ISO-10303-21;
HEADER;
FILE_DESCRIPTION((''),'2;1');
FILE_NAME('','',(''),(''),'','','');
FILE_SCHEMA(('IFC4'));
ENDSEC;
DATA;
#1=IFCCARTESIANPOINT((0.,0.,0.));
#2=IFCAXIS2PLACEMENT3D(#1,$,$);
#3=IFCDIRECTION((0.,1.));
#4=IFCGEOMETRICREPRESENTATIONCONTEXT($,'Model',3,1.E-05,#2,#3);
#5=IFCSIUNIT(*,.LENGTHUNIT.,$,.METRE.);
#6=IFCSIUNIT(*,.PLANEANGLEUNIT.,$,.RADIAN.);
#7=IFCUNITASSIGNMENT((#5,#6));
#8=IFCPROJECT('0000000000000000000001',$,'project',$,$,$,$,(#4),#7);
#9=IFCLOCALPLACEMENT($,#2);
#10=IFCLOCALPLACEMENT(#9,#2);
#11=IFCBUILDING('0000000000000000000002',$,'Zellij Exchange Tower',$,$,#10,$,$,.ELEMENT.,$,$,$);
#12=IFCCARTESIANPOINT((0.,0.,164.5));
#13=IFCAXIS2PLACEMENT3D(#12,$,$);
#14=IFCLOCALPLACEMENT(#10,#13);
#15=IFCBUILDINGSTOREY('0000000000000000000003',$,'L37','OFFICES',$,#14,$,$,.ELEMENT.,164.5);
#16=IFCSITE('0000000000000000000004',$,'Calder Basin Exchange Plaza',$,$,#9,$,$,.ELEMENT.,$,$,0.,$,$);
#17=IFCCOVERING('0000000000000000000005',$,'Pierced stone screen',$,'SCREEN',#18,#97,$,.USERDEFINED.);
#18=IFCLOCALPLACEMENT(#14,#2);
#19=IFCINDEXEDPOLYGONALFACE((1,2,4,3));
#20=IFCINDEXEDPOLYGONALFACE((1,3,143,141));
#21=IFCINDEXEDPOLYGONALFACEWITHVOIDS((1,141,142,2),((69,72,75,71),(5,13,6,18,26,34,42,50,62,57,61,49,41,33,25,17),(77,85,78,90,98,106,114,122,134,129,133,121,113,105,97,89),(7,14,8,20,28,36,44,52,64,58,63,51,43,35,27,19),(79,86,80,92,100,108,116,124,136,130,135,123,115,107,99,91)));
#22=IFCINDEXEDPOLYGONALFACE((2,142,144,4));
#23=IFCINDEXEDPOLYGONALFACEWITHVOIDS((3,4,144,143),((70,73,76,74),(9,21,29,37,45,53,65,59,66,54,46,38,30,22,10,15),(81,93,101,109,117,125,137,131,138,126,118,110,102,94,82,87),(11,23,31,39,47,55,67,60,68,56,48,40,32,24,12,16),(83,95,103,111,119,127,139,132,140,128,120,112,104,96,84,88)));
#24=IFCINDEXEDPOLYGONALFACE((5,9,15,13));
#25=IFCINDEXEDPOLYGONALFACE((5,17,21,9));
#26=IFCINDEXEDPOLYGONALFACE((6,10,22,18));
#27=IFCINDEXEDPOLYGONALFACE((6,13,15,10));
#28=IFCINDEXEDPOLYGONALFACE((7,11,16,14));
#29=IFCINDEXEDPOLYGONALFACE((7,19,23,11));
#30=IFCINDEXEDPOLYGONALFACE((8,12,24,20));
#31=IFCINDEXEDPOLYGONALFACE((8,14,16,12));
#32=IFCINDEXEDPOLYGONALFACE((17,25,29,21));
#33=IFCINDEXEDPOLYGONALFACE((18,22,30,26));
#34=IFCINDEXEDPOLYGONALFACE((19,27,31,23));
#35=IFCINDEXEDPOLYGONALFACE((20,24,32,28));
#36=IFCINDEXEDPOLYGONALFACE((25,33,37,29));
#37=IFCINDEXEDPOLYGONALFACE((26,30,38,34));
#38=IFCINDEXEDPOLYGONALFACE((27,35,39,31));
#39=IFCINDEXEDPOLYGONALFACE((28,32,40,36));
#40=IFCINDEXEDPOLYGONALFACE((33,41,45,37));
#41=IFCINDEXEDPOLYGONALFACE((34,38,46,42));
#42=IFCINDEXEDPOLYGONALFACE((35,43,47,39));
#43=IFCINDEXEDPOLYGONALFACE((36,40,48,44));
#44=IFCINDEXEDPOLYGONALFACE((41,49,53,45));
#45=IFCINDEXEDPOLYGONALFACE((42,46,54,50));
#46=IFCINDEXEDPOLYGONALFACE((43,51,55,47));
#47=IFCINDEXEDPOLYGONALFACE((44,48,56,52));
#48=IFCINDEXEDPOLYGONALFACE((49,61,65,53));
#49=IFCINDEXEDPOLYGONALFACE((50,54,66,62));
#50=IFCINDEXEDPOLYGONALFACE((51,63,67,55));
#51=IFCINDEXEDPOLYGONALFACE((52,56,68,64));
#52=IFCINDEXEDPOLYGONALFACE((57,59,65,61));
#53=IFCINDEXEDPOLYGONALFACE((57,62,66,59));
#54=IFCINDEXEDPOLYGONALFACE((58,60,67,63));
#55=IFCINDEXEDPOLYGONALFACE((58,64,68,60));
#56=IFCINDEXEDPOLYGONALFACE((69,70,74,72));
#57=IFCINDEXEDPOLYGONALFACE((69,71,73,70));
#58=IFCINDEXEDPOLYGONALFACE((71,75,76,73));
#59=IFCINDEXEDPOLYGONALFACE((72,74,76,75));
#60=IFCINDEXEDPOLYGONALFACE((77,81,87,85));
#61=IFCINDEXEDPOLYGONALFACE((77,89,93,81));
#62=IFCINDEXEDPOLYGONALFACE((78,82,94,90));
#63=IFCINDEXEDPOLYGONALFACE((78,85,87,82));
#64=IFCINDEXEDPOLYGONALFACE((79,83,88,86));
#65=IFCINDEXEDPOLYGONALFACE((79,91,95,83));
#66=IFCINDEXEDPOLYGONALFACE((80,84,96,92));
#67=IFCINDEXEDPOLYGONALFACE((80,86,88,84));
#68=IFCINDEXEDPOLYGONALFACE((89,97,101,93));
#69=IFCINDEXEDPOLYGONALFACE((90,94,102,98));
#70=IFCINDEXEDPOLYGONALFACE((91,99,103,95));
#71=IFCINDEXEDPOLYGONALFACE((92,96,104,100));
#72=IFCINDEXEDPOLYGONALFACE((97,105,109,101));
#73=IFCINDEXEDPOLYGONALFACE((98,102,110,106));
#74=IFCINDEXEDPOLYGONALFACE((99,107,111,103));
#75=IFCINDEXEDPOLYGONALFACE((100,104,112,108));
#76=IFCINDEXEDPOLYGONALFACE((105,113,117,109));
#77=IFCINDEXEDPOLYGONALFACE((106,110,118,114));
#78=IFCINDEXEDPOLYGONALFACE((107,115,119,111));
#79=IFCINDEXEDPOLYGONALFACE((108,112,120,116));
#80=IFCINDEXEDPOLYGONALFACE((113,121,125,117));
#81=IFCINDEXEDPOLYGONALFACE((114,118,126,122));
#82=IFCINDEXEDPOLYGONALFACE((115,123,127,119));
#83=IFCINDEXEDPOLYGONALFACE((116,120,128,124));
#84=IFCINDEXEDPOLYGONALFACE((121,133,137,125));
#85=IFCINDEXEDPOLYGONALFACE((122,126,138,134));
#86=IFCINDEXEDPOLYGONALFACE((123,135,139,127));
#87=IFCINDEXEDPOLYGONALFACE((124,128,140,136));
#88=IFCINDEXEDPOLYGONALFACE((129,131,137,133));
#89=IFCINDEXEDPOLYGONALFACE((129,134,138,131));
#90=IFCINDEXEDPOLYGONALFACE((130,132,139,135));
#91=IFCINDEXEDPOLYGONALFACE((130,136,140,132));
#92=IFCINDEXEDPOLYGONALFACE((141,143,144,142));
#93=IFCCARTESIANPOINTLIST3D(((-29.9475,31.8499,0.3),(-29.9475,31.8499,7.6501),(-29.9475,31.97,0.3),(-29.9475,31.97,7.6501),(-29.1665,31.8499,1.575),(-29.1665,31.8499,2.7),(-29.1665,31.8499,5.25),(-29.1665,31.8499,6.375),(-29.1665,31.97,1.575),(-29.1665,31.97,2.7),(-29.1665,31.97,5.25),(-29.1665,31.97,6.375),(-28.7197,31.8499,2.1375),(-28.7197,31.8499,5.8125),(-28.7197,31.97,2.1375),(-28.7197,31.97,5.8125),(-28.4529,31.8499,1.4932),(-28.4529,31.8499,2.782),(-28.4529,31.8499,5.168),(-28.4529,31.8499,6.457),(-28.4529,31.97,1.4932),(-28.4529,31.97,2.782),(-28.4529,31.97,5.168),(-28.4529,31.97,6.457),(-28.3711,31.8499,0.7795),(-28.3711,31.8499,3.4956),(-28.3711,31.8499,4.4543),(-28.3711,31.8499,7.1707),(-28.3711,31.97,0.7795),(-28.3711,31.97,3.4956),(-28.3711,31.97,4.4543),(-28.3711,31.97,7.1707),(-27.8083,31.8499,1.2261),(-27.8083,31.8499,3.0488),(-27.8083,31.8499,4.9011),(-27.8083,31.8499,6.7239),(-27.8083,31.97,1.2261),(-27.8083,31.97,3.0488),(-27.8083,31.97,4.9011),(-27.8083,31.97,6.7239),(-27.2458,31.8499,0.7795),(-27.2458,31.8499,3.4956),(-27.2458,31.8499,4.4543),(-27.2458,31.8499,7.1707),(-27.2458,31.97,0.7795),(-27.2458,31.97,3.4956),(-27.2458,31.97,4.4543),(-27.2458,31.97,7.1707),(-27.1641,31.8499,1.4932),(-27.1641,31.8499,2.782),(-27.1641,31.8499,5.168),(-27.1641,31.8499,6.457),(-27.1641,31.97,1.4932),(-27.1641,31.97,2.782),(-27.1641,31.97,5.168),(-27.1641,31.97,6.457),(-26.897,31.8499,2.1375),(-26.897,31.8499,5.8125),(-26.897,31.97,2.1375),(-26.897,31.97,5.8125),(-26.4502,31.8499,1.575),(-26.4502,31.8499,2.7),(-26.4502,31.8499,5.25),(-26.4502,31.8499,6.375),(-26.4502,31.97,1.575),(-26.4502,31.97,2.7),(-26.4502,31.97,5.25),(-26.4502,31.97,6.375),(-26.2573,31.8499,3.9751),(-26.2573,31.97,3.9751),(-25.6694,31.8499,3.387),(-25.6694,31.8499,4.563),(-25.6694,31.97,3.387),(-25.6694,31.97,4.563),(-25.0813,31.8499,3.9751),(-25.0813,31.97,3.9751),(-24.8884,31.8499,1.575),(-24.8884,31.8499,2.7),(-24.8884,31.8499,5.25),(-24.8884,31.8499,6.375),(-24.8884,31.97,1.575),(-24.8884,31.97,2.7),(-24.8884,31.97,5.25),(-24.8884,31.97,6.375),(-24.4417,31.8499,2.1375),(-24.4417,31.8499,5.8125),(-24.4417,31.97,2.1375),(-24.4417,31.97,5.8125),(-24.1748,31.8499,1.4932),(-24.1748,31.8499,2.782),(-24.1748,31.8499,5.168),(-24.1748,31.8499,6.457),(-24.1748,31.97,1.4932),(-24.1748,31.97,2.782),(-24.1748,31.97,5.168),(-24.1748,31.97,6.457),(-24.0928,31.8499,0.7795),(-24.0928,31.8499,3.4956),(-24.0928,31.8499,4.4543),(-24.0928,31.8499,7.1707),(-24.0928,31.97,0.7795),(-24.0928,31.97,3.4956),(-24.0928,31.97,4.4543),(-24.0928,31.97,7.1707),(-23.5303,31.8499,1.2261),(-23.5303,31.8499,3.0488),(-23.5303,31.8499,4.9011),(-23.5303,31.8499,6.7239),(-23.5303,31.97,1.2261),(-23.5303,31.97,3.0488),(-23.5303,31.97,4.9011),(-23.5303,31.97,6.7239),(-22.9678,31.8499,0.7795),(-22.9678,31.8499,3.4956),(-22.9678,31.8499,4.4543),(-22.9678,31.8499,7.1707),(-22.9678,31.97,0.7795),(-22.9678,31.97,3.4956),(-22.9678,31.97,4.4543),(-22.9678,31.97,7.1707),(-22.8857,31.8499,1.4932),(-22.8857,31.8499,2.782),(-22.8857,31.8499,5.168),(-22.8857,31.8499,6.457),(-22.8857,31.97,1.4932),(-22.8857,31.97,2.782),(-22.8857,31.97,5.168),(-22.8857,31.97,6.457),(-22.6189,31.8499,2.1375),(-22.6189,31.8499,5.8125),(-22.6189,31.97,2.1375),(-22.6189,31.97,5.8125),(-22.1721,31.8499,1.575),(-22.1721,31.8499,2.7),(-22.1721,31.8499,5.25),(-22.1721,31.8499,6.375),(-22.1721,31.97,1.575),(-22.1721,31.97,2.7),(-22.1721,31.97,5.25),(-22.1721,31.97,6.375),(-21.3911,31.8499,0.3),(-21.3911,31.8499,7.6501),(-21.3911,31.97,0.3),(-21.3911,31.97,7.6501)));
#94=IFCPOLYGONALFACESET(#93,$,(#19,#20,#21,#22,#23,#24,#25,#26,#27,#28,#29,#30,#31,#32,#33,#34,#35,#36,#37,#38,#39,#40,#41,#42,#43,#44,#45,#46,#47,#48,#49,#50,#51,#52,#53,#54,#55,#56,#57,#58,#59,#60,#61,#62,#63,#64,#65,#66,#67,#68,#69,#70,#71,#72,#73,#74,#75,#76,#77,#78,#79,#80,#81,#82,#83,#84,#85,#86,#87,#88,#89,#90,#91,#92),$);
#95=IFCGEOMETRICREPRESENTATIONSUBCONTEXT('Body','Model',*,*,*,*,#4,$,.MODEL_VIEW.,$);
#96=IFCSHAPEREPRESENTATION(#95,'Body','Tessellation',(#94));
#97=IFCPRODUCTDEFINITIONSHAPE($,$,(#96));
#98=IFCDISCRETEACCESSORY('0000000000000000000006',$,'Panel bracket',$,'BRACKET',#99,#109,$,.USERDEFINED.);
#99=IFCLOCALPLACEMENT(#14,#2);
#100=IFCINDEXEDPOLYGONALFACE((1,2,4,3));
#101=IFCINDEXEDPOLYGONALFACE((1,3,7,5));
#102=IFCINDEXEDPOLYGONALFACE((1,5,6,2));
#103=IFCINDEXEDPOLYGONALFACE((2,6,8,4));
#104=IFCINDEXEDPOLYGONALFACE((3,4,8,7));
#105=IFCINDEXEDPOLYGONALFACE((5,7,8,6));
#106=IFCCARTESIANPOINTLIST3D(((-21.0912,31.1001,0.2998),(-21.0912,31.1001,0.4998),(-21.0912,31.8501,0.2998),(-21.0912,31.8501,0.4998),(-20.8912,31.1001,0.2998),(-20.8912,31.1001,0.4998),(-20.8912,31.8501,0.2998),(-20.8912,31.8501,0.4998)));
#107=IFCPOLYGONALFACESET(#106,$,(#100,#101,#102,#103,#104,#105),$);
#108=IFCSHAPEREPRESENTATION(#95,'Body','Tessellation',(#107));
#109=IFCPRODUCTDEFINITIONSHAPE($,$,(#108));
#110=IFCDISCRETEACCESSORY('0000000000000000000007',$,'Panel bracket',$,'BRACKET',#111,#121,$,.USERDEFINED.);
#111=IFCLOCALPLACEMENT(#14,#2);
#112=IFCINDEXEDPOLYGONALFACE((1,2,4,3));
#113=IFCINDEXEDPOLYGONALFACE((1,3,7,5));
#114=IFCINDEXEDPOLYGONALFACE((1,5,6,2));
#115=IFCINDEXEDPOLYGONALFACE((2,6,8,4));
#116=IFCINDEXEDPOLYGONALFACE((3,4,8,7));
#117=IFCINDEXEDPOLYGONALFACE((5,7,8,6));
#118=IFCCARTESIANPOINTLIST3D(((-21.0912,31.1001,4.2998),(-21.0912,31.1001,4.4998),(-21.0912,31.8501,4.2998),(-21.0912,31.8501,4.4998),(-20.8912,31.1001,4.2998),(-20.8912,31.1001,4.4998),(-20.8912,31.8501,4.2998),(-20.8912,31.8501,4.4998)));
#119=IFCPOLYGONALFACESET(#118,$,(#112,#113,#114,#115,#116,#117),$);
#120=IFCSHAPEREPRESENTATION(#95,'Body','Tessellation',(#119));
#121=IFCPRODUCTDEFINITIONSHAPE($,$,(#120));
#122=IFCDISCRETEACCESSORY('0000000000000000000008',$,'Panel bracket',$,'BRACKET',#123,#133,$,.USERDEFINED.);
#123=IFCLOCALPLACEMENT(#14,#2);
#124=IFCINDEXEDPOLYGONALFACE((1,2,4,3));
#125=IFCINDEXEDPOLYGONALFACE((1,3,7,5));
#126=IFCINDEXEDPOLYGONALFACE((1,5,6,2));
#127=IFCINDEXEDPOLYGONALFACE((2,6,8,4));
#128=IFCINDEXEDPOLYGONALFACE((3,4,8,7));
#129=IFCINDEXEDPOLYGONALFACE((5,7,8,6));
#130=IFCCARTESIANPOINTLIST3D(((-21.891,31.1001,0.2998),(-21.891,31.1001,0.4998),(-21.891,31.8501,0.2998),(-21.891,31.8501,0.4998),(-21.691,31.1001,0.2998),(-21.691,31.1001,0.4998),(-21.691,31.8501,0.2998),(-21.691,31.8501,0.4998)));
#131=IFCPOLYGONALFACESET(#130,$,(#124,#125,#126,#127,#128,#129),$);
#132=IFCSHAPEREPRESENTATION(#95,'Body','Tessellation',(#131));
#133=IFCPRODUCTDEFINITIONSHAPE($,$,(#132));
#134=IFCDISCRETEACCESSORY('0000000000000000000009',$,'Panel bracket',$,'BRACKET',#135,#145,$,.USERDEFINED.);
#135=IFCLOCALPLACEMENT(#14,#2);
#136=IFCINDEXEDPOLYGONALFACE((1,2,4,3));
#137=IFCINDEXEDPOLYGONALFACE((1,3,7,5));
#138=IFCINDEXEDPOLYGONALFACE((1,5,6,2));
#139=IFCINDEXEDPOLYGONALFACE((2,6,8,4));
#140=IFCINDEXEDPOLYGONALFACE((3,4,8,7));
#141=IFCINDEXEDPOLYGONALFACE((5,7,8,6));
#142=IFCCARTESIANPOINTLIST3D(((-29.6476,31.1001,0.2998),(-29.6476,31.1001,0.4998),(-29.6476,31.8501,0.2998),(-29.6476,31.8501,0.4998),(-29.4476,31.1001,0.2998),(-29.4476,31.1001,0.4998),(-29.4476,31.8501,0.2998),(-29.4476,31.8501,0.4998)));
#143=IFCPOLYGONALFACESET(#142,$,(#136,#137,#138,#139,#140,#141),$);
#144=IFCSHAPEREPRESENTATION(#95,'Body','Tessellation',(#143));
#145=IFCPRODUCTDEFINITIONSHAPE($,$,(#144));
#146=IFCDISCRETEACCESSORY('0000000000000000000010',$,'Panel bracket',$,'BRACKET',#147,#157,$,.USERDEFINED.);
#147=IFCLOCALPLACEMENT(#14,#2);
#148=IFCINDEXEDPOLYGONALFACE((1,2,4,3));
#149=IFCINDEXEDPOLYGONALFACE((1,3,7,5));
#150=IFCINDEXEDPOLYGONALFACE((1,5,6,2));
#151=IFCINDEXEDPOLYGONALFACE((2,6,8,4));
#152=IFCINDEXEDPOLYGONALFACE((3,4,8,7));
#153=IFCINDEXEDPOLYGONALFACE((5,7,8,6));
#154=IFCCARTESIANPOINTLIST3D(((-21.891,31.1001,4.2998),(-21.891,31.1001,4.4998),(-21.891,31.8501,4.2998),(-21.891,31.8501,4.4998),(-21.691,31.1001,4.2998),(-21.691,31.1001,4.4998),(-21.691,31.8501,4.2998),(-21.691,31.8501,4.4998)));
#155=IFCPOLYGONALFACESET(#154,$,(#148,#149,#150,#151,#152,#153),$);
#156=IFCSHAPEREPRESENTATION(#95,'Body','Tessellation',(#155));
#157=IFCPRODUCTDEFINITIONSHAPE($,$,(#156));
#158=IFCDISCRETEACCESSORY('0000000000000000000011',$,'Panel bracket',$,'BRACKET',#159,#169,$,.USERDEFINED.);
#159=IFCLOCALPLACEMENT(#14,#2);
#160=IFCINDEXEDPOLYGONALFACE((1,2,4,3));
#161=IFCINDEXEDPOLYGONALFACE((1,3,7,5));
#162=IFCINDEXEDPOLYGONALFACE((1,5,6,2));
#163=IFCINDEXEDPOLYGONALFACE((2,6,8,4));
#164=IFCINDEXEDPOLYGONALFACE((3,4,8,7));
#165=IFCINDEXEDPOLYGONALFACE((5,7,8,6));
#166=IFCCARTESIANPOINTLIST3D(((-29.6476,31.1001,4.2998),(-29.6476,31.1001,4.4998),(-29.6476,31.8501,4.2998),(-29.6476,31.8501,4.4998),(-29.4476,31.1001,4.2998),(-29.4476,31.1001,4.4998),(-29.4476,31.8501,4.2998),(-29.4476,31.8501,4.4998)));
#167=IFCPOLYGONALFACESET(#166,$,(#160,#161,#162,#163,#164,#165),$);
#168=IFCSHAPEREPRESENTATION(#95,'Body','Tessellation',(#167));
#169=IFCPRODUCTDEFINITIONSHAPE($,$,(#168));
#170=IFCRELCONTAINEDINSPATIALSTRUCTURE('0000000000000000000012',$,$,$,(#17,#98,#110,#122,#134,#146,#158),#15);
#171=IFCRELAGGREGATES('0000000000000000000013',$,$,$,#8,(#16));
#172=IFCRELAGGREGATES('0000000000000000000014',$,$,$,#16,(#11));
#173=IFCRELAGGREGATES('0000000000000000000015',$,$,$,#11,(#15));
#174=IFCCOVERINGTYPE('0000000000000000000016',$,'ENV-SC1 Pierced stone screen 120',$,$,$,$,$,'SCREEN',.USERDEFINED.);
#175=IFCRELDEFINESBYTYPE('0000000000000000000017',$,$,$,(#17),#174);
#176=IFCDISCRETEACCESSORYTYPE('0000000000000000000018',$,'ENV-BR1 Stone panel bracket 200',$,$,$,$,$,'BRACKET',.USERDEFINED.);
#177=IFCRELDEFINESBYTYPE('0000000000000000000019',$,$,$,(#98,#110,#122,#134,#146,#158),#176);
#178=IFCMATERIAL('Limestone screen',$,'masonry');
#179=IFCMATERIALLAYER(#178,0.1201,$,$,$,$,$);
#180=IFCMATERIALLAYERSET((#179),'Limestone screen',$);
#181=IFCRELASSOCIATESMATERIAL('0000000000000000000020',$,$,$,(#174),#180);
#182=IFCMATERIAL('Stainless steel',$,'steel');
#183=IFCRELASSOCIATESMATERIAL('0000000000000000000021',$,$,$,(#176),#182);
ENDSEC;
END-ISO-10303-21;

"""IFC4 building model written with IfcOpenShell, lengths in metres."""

from ifc_helpers import new_model, si_unit, direction, frame, origin, origin_2d, place, context, subcontext, project, spatial, polyline, rectangle, outline, extrude, material, layer, layer_set, type_object, element, save


model = new_model("IFC4")

# Units and contexts
model_context = context("Model", 3, precision=1e-05, world=origin(), true_north=direction((0.0, 1.0)))
body_context = subcontext(model_context, "Body", "Model", "MODEL_VIEW")
ifc_project = project(units=[si_unit("LENGTHUNIT", "METRE"), si_unit("PLANEANGLEUNIT", "RADIAN")], contexts=[model_context])

# Site, building, storey
site_placement = place(None, origin())
site = spatial("IfcSite", under=ifc_project, at=site_placement, Name="Calder Basin Exchange Plaza", CompositionType="ELEMENT", RefElevation=0.0)
building_placement = place(site_placement, origin())
building = spatial("IfcBuilding", under=site, at=building_placement, Name="Zellij Exchange Tower", CompositionType="ELEMENT")
storey_placement = place(building_placement, frame((0.0, 0.0, 164.5)))
storey = spatial("IfcBuildingStorey", under=building, at=storey_placement, Name="L37", Description="OFFICES", CompositionType="ELEMENT", Elevation=164.5)

# Covering
ifc_material_1 = material(Name="Limestone screen", Category="masonry")
ifc_layer_1 = layer(ifc_material_1, 0.1201)
ifc_layer_set_1 = layer_set([ifc_layer_1], Name="Limestone screen")
covering_type = type_object("IfcCoveringType", Name="ENV-SC1 Pierced stone screen 120", ElementType="SCREEN", PredefinedType="USERDEFINED", material=ifc_layer_set_1)
covering_placement = place(storey_placement, frame((-21.3911, 31.9099, 0.3), z_axis=(0.0, 0.0, 1.0), x_axis=(-1.0, 0.0, 0.0)))
element("IfcCovering", 1, at=covering_placement, inside=storey, type_object=covering_type, Name="Pierced stone screen", ObjectType="SCREEN", PredefinedType="USERDEFINED", context=body_context, shape_type="SweptSolid", body=[
    extrude(outline(polyline([(0.0, 0.0), (8.5564, 0.0), (8.5564, 7.3501), (0.0, 7.3501), (0.0, 0.0)]), holes=[polyline([(3.4973, 2.3999), (2.7837, 2.4819), (2.7017, 3.1956), (2.1392, 2.7488), (1.5767, 3.1956), (1.4946, 2.4819), (0.781, 2.3999), (1.2278, 1.8374), (0.781, 1.2749), (1.4946, 1.1931), (1.5767, 0.4795), (2.1392, 0.926), (2.7017, 0.4795), (2.7837, 1.1931), (3.4973, 1.2749), (3.0505, 1.8374), (3.4973, 2.3999)]), polyline([(3.4973, 6.075), (2.7837, 6.157), (2.7017, 6.8706), (2.1392, 6.4238), (1.5767, 6.8706), (1.4946, 6.157), (0.781, 6.075), (1.2278, 5.5125), (0.781, 4.95), (1.4946, 4.8679), (1.5767, 4.1543), (2.1392, 4.6011), (2.7017, 4.1543), (2.7837, 4.8679), (3.4973, 4.95), (3.0505, 5.5125), (3.4973, 6.075)]), polyline([(7.7754, 2.3999), (7.0618, 2.4819), (6.98, 3.1956), (6.4172, 2.7488), (5.8547, 3.1956), (5.7729, 2.4819), (5.0591, 2.3999), (5.5059, 1.8374), (5.0591, 1.2749), (5.7729, 1.1931), (5.8547, 0.4795), (6.4172, 0.926), (6.98, 0.4795), (7.0618, 1.1931), (7.7754, 1.2749), (7.3286, 1.8374), (7.7754, 2.3999)]), polyline([(7.7754, 6.075), (7.0618, 6.157), (6.98, 6.8706), (6.4172, 6.4238), (5.8547, 6.8706), (5.7729, 6.157), (5.0591, 6.075), (5.5059, 5.5125), (5.0591, 4.95), (5.7729, 4.8679), (5.8547, 4.1543), (6.4172, 4.6011), (6.98, 4.1543), (7.0618, 4.8679), (7.7754, 4.95), (7.3286, 5.5125), (7.7754, 6.075)]), polyline([(4.8662, 3.675), (4.2783, 4.2629), (3.6902, 3.675), (4.2783, 3.0869), (4.8662, 3.675)])]), frame((0.0, 0.0601, 0.0), z_axis=(0.0, -1.0, 0.0), x_axis=(1.0, 0.0, 0.0)), (0.0, 0.0, 1.0), 0.1201),
])

# Discrete accessories
ifc_material_2 = material(Name="Stainless steel", Category="steel")
discrete_accessory_type = type_object("IfcDiscreteAccessoryType", Name="ENV-BR1 Stone panel bracket 200", ElementType="BRACKET", PredefinedType="USERDEFINED", material=ifc_material_2)
for number, where, z_axis, x_axis, name in (
    (2, (-20.9912, 31.4751, 0.2998), (0.0, 0.0, 1.0), (-1.0, 0.0, 0.0), "Panel bracket"),
    (3, (-20.9912, 31.4751, 4.2998), (0.0, 0.0, 1.0), (-1.0, 0.0, 0.0), "Panel bracket"),
    (4, (-21.791, 31.4751, 0.2998), (0.0, 0.0, 1.0), (-1.0, 0.0, 0.0), "Panel bracket"),
    (5, (-29.5476, 31.4751, 0.2998), (0.0, 0.0, 1.0), (-1.0, 0.0, 0.0), "Panel bracket"),
    (6, (-21.791, 31.4751, 4.2998), (0.0, 0.0, 1.0), (-1.0, 0.0, 0.0), "Panel bracket"),
    (7, (-29.5476, 31.4751, 4.2998), (0.0, 0.0, 1.0), (-1.0, 0.0, 0.0), "Panel bracket"),
):
    element("IfcDiscreteAccessory", number, at=place(storey_placement, frame(where, z_axis=z_axis, x_axis=x_axis)), inside=storey, type_object=discrete_accessory_type, Name=name, ObjectType="BRACKET", PredefinedType="USERDEFINED", context=body_context, shape_type="SweptSolid", body=[
        extrude(rectangle(XDim=0.2, YDim=0.75, at=origin_2d()), origin(), (0.0, 0.0, 1.0), 0.2),
    ])

save(model, "model.ifc")
